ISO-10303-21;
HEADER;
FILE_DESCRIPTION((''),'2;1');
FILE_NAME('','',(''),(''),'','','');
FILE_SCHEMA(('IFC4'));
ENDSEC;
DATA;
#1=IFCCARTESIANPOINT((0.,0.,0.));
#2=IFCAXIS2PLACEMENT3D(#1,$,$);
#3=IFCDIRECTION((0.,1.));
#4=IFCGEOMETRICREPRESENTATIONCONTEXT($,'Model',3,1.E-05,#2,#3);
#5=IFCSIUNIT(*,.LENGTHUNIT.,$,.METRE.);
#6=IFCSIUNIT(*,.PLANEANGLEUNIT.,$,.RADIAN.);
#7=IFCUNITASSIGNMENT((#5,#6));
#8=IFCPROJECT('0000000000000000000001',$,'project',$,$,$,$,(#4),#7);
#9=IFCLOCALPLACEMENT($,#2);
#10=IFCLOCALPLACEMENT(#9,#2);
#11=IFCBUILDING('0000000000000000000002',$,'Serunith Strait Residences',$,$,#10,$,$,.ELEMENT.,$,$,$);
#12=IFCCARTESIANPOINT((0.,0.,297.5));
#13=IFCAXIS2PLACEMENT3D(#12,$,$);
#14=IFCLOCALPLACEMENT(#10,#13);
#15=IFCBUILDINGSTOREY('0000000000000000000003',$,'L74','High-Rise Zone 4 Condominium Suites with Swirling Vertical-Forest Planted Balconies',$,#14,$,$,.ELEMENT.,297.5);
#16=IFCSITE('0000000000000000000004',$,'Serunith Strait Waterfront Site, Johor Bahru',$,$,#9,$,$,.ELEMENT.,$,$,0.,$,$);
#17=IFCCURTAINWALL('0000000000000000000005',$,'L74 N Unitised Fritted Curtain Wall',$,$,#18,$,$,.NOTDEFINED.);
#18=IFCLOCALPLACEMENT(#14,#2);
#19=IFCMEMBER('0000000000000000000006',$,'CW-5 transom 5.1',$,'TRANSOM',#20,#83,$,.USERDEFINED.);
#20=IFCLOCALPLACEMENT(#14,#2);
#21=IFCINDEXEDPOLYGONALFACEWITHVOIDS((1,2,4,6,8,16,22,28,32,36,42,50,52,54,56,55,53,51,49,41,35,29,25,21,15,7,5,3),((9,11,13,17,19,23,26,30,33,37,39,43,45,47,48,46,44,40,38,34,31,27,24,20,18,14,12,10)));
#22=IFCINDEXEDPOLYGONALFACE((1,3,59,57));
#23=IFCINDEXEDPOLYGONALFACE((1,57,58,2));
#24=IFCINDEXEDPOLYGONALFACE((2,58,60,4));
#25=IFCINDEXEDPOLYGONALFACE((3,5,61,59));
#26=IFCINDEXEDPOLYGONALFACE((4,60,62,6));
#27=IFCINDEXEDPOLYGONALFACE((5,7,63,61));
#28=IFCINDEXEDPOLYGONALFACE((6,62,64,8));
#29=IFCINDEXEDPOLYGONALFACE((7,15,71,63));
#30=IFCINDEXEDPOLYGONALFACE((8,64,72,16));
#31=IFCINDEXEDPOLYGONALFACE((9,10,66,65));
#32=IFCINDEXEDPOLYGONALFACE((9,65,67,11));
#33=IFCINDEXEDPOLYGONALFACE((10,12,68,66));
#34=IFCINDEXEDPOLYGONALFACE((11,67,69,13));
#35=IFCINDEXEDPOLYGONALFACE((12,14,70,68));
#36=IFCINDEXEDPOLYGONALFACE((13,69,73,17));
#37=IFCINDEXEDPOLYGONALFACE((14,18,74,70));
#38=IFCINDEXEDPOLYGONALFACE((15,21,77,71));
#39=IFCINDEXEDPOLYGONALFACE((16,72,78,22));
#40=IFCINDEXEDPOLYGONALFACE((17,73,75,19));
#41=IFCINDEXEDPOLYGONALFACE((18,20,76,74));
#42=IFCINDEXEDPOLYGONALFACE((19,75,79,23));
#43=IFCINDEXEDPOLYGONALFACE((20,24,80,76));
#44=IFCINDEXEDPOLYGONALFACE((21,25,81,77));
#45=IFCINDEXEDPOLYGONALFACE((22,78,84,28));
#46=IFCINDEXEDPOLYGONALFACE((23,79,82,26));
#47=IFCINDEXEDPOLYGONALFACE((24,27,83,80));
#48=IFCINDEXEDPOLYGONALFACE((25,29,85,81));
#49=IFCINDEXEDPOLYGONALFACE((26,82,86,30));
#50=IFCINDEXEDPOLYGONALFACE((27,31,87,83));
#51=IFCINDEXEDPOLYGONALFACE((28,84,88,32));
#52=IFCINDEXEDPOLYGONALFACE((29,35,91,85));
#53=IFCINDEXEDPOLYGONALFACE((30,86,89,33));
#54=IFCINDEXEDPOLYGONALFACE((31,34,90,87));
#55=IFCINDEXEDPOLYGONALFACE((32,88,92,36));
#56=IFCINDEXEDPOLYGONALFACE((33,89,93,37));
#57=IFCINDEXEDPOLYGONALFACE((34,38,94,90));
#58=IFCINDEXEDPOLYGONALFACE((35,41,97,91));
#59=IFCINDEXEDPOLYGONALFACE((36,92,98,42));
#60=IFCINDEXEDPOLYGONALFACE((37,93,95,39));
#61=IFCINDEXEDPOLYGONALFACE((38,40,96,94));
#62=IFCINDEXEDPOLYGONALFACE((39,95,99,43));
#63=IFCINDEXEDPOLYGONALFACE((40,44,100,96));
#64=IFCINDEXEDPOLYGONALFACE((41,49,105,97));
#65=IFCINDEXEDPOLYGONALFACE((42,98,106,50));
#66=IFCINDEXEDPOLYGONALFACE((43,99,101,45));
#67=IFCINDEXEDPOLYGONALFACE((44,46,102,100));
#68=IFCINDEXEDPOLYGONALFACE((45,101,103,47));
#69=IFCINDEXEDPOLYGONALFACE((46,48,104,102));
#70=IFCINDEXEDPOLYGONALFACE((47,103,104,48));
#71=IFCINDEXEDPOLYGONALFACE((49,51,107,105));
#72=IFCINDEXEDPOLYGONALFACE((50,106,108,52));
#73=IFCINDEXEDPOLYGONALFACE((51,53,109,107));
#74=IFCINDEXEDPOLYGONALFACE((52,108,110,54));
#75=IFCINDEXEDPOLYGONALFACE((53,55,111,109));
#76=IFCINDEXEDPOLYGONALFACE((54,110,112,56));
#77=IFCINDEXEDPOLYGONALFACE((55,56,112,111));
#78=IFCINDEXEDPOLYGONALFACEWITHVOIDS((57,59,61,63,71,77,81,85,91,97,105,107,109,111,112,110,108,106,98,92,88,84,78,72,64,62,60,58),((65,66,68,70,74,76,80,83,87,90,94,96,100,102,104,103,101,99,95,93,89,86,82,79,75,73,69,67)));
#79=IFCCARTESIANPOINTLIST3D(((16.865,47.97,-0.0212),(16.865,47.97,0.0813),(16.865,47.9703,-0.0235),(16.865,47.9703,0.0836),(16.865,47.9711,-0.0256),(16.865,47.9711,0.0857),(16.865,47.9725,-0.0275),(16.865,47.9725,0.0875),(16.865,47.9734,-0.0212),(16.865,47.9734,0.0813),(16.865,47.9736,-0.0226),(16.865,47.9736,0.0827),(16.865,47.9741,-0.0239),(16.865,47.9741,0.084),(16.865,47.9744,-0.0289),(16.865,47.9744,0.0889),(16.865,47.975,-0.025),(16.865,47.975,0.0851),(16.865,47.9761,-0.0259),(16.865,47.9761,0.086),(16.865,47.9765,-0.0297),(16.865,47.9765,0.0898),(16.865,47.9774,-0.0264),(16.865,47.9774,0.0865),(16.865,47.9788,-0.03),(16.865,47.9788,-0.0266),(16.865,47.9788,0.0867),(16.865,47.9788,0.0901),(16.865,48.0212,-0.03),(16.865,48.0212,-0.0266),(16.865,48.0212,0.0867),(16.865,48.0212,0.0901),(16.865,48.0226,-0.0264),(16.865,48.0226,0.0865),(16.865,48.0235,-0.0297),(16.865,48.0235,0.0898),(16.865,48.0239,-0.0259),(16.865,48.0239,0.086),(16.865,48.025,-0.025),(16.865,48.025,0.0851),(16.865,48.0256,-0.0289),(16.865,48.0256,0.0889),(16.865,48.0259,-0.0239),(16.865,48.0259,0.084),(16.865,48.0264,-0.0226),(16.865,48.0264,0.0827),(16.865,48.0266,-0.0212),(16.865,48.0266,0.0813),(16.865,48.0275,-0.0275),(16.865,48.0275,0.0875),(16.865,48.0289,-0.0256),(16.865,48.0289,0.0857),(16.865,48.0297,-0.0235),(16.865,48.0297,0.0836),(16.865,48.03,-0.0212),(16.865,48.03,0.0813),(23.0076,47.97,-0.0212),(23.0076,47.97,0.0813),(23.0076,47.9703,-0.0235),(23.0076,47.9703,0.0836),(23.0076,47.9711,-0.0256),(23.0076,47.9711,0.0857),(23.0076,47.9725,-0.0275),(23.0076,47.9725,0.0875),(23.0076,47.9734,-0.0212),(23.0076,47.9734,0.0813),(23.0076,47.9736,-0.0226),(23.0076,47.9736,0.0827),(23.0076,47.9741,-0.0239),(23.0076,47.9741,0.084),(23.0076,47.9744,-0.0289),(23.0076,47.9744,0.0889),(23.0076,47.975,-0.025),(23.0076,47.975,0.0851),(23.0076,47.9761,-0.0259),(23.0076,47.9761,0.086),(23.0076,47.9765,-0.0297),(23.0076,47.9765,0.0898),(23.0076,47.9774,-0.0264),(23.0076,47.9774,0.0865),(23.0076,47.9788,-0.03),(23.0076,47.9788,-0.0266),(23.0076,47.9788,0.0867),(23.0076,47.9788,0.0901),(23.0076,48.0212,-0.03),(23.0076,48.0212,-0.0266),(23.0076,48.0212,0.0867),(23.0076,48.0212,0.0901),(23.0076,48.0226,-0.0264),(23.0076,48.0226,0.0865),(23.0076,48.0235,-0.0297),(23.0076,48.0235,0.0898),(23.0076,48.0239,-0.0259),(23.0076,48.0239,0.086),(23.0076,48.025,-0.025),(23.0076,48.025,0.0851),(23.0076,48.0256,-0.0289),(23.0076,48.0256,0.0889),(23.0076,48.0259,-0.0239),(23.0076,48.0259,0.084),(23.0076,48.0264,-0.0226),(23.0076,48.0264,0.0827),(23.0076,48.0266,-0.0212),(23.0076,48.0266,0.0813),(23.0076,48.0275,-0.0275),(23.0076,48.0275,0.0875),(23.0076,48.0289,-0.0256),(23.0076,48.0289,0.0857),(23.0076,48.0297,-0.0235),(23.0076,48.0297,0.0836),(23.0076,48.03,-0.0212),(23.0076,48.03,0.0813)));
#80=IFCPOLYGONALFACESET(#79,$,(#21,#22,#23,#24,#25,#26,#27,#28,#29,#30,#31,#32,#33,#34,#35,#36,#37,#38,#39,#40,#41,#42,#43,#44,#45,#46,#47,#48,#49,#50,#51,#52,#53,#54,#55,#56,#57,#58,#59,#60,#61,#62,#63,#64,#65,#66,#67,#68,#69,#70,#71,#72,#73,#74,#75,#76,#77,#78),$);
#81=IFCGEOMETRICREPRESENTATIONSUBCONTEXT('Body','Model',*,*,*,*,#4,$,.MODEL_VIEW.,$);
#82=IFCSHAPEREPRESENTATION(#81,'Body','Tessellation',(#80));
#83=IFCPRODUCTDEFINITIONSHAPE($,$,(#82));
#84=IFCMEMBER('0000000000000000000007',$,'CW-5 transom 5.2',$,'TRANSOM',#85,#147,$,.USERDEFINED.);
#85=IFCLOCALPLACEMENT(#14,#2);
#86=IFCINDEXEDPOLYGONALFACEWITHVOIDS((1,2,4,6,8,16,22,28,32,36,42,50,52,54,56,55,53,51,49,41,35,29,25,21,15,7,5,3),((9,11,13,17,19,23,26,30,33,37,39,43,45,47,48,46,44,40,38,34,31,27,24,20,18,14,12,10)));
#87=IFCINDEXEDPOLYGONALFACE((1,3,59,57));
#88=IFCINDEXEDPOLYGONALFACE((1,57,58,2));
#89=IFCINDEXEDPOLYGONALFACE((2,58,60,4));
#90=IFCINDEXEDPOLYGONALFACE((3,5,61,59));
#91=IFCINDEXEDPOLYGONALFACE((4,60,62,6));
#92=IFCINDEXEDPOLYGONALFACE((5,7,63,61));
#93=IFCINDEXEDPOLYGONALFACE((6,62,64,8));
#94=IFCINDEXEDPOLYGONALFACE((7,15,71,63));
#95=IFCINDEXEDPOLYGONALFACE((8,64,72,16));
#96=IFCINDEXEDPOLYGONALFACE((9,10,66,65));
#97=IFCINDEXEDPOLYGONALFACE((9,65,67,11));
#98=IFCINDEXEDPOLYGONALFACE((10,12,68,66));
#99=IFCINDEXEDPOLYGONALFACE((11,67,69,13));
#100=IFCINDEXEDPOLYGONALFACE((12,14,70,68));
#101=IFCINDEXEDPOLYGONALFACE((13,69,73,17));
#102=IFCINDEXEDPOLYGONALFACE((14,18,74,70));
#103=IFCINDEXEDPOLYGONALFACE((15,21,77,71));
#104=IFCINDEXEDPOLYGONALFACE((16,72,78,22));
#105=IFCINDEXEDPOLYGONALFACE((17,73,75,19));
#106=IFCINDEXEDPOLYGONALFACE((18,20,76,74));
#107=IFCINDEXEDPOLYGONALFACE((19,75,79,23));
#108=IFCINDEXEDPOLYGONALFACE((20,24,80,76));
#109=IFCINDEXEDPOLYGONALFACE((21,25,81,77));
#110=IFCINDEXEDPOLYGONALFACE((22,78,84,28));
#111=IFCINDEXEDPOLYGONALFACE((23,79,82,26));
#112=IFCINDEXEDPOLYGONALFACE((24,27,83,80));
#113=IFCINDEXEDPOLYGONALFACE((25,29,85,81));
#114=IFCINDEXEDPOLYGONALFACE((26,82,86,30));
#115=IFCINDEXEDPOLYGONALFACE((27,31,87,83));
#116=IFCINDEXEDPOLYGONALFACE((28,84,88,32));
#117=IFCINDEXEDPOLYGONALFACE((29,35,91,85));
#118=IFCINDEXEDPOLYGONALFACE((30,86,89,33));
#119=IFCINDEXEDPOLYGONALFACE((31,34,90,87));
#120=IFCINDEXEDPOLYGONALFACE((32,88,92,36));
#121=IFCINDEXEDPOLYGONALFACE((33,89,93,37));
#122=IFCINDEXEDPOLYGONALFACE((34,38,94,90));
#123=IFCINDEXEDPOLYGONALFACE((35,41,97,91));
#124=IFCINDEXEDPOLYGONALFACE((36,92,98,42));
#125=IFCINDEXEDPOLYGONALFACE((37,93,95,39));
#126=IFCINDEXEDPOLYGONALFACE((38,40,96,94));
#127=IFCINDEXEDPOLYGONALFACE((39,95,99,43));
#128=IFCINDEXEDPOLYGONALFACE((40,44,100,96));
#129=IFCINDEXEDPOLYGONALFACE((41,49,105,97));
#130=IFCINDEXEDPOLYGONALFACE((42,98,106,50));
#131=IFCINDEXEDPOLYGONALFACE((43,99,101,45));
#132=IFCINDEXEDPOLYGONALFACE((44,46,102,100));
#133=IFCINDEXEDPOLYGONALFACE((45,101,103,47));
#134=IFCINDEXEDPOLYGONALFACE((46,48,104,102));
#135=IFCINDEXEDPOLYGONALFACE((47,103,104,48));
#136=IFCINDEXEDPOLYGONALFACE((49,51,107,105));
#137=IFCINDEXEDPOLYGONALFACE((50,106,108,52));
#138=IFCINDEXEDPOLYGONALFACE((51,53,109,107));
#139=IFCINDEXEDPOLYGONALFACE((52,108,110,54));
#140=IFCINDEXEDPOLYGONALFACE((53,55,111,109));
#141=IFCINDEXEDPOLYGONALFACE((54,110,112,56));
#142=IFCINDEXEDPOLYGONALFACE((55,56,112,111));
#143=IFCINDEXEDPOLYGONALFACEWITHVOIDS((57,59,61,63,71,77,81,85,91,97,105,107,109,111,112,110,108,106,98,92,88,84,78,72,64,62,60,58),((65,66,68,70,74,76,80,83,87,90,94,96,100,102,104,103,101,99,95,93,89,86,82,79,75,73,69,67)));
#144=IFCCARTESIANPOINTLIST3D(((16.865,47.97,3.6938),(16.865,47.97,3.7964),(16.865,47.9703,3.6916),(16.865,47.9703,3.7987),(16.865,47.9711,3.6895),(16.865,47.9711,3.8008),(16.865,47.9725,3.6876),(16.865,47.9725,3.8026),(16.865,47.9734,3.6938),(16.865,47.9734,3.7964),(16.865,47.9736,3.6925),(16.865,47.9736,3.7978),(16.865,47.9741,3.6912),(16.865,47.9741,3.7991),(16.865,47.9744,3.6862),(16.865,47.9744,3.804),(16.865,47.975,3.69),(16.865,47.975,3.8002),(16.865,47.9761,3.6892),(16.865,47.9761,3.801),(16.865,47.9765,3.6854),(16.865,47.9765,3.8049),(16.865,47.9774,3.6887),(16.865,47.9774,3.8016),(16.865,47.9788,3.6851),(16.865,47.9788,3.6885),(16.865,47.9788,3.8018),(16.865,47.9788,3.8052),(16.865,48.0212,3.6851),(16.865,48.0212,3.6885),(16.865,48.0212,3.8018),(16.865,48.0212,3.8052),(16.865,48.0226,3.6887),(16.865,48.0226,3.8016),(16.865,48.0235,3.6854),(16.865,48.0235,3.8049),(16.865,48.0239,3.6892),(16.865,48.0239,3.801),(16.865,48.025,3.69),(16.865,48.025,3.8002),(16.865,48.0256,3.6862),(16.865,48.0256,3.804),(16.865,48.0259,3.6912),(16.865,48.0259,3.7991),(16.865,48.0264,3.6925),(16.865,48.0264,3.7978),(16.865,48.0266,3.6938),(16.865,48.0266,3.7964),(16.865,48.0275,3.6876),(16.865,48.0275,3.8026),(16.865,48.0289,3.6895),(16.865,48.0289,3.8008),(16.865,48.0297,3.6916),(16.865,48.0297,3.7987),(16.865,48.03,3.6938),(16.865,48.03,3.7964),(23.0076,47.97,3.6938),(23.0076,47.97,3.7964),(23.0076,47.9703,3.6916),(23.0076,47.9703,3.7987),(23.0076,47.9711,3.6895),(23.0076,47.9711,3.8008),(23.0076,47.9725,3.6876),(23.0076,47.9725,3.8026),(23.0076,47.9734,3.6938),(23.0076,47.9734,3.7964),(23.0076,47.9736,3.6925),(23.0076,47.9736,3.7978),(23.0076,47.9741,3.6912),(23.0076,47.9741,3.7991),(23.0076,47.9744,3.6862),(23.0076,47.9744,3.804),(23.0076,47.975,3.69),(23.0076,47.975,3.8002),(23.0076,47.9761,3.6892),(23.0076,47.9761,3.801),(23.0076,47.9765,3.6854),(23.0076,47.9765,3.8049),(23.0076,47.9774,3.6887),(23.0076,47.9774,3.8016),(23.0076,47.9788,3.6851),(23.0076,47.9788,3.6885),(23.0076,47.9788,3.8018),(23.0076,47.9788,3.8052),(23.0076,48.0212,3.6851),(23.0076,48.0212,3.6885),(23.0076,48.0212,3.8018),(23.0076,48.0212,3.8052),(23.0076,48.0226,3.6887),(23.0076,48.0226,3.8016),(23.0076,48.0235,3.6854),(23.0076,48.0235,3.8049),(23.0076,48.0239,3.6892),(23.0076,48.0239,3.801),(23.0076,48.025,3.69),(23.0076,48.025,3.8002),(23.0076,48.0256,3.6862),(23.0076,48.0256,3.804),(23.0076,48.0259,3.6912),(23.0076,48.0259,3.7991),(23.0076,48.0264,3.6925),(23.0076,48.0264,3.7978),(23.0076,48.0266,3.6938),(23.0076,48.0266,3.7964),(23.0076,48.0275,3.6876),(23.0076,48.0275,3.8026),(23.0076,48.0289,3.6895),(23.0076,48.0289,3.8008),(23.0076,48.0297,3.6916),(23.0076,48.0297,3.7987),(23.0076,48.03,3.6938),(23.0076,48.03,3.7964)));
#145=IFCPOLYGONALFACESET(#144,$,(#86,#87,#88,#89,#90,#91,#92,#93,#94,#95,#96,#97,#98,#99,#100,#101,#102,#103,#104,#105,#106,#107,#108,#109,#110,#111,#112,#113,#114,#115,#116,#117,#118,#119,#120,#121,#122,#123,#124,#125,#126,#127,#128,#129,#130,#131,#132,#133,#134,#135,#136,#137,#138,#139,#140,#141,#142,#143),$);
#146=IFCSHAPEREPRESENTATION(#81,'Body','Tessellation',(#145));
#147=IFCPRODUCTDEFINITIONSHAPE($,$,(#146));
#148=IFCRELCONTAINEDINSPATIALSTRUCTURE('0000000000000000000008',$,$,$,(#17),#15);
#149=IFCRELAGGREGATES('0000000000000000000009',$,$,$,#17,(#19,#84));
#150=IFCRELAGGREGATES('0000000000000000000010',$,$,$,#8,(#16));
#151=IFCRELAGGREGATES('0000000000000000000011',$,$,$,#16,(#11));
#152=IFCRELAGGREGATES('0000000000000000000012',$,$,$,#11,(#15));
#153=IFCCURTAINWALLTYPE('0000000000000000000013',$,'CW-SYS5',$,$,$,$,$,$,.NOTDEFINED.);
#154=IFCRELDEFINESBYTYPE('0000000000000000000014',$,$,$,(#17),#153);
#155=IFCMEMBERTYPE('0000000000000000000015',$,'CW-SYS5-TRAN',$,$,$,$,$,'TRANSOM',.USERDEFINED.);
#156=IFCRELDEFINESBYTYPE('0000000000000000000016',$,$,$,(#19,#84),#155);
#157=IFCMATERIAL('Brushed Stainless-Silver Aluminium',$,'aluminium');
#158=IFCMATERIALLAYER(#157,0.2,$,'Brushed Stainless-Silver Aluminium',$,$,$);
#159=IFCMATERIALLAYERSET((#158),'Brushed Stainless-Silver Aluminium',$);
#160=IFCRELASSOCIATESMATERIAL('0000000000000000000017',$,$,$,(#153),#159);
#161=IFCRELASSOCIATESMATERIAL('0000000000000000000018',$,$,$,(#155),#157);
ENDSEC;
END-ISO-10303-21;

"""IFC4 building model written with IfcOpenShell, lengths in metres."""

from ifc_helpers import new_model, si_unit, direction, frame, origin, origin_2d, place, context, subcontext, project, spatial, hollow_rectangle, extrude, source, transform, mapped, material, layer, layer_set, material_profile, profile_set, type_object, element, aggregate, save


model = new_model("IFC4")

# Units and contexts
model_context = context("Model", 3, precision=1e-05, world=origin(), true_north=direction((0.0, 1.0)))
body_context = subcontext(model_context, "Body", "Model", "MODEL_VIEW")
ifc_project = project(units=[si_unit("LENGTHUNIT", "METRE"), si_unit("PLANEANGLEUNIT", "RADIAN")], contexts=[model_context])

# Site, building, storey
site_placement = place(None, origin())
site = spatial("IfcSite", under=ifc_project, at=site_placement, Name="Serunith Strait Waterfront Site, Johor Bahru", CompositionType="ELEMENT", RefElevation=0.0)
building_placement = place(site_placement, origin())
building = spatial("IfcBuilding", under=site, at=building_placement, Name="Serunith Strait Residences", CompositionType="ELEMENT")
storey_placement = place(building_placement, frame((0.0, 0.0, 297.5)))
storey = spatial("IfcBuildingStorey", under=building, at=storey_placement, Name="L74", Description="High-Rise Zone 4 Condominium Suites with Swirling Vertical-Forest Planted Balconies", CompositionType="ELEMENT", Elevation=297.5)

# Curtain wall, members
ifc_material_1 = material(Name="Brushed Stainless-Silver Aluminium", Category="aluminium")
ifc_layer_1 = layer(ifc_material_1, 0.2, Name="Brushed Stainless-Silver Aluminium")
ifc_layer_set_1 = layer_set([ifc_layer_1], Name="Brushed Stainless-Silver Aluminium")
curtain_wall_type = type_object("IfcCurtainWallType", Name="CW-SYS5", PredefinedType="NOTDEFINED", material=ifc_layer_set_1)
curtain_wall_placement = place(storey_placement, origin())
curtain_wall = element("IfcCurtainWall", 1, at=curtain_wall_placement, inside=storey, type_object=curtain_wall_type, Name="L74 N Unitised Fritted Curtain Wall", PredefinedType="NOTDEFINED")
ifc_material_profile_1 = material_profile(ifc_material_1, hollow_rectangle(XDim=0.0601, YDim=0.1201, WallThickness=0.0034, InnerFilletRadius=0.0054, OuterFilletRadius=0.0088, at=origin_2d()), Name="ALU 120x60x3.5")
ifc_profile_set_1 = profile_set([ifc_material_profile_1], Name="Brushed Stainless-Silver Aluminium")
member_type_1 = type_object("IfcMemberType", Name="CW-SYS5-TRAN", ElementType="TRANSOM", PredefinedType="USERDEFINED", material=ifc_profile_set_1)
shared_shape_1 = source(origin(), body_context, "Body", "SweptSolid", [
    extrude(hollow_rectangle(XDim=0.0601, YDim=0.1201, WallThickness=0.0034, InnerFilletRadius=0.0054, OuterFilletRadius=0.0088, at=origin_2d()), origin(), (0.0, 0.0, 1.0), 6.1426),
])
member_1_placement = place(storey_placement, frame((23.0076, 48.0, 0.03), z_axis=(-1.0, 0.0, 0.0), x_axis=(0.0, -1.0, 0.0)))
member_1 = element("IfcMember", 2, at=member_1_placement, type_object=member_type_1, Name="CW-5 transom 5.1", ObjectType="TRANSOM", PredefinedType="USERDEFINED", context=body_context, shape_type="MappedRepresentation", body=[
    mapped(shared_shape_1, transform((0.0, 0.0, 0.0), scale=1.0)),
])
member_2_placement = place(storey_placement, frame((23.0076, 48.0, 3.7451), z_axis=(-1.0, 0.0, 0.0), x_axis=(0.0, -1.0, 0.0)))
member_2 = element("IfcMember", 3, at=member_2_placement, type_object=member_type_1, Name="CW-5 transom 5.2", ObjectType="TRANSOM", PredefinedType="USERDEFINED", context=body_context, shape_type="MappedRepresentation", body=[
    mapped(shared_shape_1, transform((0.0, 0.0, 0.0), scale=1.0)),
])
aggregate(curtain_wall, [member_1, member_2])

save(model, "model.ifc")
